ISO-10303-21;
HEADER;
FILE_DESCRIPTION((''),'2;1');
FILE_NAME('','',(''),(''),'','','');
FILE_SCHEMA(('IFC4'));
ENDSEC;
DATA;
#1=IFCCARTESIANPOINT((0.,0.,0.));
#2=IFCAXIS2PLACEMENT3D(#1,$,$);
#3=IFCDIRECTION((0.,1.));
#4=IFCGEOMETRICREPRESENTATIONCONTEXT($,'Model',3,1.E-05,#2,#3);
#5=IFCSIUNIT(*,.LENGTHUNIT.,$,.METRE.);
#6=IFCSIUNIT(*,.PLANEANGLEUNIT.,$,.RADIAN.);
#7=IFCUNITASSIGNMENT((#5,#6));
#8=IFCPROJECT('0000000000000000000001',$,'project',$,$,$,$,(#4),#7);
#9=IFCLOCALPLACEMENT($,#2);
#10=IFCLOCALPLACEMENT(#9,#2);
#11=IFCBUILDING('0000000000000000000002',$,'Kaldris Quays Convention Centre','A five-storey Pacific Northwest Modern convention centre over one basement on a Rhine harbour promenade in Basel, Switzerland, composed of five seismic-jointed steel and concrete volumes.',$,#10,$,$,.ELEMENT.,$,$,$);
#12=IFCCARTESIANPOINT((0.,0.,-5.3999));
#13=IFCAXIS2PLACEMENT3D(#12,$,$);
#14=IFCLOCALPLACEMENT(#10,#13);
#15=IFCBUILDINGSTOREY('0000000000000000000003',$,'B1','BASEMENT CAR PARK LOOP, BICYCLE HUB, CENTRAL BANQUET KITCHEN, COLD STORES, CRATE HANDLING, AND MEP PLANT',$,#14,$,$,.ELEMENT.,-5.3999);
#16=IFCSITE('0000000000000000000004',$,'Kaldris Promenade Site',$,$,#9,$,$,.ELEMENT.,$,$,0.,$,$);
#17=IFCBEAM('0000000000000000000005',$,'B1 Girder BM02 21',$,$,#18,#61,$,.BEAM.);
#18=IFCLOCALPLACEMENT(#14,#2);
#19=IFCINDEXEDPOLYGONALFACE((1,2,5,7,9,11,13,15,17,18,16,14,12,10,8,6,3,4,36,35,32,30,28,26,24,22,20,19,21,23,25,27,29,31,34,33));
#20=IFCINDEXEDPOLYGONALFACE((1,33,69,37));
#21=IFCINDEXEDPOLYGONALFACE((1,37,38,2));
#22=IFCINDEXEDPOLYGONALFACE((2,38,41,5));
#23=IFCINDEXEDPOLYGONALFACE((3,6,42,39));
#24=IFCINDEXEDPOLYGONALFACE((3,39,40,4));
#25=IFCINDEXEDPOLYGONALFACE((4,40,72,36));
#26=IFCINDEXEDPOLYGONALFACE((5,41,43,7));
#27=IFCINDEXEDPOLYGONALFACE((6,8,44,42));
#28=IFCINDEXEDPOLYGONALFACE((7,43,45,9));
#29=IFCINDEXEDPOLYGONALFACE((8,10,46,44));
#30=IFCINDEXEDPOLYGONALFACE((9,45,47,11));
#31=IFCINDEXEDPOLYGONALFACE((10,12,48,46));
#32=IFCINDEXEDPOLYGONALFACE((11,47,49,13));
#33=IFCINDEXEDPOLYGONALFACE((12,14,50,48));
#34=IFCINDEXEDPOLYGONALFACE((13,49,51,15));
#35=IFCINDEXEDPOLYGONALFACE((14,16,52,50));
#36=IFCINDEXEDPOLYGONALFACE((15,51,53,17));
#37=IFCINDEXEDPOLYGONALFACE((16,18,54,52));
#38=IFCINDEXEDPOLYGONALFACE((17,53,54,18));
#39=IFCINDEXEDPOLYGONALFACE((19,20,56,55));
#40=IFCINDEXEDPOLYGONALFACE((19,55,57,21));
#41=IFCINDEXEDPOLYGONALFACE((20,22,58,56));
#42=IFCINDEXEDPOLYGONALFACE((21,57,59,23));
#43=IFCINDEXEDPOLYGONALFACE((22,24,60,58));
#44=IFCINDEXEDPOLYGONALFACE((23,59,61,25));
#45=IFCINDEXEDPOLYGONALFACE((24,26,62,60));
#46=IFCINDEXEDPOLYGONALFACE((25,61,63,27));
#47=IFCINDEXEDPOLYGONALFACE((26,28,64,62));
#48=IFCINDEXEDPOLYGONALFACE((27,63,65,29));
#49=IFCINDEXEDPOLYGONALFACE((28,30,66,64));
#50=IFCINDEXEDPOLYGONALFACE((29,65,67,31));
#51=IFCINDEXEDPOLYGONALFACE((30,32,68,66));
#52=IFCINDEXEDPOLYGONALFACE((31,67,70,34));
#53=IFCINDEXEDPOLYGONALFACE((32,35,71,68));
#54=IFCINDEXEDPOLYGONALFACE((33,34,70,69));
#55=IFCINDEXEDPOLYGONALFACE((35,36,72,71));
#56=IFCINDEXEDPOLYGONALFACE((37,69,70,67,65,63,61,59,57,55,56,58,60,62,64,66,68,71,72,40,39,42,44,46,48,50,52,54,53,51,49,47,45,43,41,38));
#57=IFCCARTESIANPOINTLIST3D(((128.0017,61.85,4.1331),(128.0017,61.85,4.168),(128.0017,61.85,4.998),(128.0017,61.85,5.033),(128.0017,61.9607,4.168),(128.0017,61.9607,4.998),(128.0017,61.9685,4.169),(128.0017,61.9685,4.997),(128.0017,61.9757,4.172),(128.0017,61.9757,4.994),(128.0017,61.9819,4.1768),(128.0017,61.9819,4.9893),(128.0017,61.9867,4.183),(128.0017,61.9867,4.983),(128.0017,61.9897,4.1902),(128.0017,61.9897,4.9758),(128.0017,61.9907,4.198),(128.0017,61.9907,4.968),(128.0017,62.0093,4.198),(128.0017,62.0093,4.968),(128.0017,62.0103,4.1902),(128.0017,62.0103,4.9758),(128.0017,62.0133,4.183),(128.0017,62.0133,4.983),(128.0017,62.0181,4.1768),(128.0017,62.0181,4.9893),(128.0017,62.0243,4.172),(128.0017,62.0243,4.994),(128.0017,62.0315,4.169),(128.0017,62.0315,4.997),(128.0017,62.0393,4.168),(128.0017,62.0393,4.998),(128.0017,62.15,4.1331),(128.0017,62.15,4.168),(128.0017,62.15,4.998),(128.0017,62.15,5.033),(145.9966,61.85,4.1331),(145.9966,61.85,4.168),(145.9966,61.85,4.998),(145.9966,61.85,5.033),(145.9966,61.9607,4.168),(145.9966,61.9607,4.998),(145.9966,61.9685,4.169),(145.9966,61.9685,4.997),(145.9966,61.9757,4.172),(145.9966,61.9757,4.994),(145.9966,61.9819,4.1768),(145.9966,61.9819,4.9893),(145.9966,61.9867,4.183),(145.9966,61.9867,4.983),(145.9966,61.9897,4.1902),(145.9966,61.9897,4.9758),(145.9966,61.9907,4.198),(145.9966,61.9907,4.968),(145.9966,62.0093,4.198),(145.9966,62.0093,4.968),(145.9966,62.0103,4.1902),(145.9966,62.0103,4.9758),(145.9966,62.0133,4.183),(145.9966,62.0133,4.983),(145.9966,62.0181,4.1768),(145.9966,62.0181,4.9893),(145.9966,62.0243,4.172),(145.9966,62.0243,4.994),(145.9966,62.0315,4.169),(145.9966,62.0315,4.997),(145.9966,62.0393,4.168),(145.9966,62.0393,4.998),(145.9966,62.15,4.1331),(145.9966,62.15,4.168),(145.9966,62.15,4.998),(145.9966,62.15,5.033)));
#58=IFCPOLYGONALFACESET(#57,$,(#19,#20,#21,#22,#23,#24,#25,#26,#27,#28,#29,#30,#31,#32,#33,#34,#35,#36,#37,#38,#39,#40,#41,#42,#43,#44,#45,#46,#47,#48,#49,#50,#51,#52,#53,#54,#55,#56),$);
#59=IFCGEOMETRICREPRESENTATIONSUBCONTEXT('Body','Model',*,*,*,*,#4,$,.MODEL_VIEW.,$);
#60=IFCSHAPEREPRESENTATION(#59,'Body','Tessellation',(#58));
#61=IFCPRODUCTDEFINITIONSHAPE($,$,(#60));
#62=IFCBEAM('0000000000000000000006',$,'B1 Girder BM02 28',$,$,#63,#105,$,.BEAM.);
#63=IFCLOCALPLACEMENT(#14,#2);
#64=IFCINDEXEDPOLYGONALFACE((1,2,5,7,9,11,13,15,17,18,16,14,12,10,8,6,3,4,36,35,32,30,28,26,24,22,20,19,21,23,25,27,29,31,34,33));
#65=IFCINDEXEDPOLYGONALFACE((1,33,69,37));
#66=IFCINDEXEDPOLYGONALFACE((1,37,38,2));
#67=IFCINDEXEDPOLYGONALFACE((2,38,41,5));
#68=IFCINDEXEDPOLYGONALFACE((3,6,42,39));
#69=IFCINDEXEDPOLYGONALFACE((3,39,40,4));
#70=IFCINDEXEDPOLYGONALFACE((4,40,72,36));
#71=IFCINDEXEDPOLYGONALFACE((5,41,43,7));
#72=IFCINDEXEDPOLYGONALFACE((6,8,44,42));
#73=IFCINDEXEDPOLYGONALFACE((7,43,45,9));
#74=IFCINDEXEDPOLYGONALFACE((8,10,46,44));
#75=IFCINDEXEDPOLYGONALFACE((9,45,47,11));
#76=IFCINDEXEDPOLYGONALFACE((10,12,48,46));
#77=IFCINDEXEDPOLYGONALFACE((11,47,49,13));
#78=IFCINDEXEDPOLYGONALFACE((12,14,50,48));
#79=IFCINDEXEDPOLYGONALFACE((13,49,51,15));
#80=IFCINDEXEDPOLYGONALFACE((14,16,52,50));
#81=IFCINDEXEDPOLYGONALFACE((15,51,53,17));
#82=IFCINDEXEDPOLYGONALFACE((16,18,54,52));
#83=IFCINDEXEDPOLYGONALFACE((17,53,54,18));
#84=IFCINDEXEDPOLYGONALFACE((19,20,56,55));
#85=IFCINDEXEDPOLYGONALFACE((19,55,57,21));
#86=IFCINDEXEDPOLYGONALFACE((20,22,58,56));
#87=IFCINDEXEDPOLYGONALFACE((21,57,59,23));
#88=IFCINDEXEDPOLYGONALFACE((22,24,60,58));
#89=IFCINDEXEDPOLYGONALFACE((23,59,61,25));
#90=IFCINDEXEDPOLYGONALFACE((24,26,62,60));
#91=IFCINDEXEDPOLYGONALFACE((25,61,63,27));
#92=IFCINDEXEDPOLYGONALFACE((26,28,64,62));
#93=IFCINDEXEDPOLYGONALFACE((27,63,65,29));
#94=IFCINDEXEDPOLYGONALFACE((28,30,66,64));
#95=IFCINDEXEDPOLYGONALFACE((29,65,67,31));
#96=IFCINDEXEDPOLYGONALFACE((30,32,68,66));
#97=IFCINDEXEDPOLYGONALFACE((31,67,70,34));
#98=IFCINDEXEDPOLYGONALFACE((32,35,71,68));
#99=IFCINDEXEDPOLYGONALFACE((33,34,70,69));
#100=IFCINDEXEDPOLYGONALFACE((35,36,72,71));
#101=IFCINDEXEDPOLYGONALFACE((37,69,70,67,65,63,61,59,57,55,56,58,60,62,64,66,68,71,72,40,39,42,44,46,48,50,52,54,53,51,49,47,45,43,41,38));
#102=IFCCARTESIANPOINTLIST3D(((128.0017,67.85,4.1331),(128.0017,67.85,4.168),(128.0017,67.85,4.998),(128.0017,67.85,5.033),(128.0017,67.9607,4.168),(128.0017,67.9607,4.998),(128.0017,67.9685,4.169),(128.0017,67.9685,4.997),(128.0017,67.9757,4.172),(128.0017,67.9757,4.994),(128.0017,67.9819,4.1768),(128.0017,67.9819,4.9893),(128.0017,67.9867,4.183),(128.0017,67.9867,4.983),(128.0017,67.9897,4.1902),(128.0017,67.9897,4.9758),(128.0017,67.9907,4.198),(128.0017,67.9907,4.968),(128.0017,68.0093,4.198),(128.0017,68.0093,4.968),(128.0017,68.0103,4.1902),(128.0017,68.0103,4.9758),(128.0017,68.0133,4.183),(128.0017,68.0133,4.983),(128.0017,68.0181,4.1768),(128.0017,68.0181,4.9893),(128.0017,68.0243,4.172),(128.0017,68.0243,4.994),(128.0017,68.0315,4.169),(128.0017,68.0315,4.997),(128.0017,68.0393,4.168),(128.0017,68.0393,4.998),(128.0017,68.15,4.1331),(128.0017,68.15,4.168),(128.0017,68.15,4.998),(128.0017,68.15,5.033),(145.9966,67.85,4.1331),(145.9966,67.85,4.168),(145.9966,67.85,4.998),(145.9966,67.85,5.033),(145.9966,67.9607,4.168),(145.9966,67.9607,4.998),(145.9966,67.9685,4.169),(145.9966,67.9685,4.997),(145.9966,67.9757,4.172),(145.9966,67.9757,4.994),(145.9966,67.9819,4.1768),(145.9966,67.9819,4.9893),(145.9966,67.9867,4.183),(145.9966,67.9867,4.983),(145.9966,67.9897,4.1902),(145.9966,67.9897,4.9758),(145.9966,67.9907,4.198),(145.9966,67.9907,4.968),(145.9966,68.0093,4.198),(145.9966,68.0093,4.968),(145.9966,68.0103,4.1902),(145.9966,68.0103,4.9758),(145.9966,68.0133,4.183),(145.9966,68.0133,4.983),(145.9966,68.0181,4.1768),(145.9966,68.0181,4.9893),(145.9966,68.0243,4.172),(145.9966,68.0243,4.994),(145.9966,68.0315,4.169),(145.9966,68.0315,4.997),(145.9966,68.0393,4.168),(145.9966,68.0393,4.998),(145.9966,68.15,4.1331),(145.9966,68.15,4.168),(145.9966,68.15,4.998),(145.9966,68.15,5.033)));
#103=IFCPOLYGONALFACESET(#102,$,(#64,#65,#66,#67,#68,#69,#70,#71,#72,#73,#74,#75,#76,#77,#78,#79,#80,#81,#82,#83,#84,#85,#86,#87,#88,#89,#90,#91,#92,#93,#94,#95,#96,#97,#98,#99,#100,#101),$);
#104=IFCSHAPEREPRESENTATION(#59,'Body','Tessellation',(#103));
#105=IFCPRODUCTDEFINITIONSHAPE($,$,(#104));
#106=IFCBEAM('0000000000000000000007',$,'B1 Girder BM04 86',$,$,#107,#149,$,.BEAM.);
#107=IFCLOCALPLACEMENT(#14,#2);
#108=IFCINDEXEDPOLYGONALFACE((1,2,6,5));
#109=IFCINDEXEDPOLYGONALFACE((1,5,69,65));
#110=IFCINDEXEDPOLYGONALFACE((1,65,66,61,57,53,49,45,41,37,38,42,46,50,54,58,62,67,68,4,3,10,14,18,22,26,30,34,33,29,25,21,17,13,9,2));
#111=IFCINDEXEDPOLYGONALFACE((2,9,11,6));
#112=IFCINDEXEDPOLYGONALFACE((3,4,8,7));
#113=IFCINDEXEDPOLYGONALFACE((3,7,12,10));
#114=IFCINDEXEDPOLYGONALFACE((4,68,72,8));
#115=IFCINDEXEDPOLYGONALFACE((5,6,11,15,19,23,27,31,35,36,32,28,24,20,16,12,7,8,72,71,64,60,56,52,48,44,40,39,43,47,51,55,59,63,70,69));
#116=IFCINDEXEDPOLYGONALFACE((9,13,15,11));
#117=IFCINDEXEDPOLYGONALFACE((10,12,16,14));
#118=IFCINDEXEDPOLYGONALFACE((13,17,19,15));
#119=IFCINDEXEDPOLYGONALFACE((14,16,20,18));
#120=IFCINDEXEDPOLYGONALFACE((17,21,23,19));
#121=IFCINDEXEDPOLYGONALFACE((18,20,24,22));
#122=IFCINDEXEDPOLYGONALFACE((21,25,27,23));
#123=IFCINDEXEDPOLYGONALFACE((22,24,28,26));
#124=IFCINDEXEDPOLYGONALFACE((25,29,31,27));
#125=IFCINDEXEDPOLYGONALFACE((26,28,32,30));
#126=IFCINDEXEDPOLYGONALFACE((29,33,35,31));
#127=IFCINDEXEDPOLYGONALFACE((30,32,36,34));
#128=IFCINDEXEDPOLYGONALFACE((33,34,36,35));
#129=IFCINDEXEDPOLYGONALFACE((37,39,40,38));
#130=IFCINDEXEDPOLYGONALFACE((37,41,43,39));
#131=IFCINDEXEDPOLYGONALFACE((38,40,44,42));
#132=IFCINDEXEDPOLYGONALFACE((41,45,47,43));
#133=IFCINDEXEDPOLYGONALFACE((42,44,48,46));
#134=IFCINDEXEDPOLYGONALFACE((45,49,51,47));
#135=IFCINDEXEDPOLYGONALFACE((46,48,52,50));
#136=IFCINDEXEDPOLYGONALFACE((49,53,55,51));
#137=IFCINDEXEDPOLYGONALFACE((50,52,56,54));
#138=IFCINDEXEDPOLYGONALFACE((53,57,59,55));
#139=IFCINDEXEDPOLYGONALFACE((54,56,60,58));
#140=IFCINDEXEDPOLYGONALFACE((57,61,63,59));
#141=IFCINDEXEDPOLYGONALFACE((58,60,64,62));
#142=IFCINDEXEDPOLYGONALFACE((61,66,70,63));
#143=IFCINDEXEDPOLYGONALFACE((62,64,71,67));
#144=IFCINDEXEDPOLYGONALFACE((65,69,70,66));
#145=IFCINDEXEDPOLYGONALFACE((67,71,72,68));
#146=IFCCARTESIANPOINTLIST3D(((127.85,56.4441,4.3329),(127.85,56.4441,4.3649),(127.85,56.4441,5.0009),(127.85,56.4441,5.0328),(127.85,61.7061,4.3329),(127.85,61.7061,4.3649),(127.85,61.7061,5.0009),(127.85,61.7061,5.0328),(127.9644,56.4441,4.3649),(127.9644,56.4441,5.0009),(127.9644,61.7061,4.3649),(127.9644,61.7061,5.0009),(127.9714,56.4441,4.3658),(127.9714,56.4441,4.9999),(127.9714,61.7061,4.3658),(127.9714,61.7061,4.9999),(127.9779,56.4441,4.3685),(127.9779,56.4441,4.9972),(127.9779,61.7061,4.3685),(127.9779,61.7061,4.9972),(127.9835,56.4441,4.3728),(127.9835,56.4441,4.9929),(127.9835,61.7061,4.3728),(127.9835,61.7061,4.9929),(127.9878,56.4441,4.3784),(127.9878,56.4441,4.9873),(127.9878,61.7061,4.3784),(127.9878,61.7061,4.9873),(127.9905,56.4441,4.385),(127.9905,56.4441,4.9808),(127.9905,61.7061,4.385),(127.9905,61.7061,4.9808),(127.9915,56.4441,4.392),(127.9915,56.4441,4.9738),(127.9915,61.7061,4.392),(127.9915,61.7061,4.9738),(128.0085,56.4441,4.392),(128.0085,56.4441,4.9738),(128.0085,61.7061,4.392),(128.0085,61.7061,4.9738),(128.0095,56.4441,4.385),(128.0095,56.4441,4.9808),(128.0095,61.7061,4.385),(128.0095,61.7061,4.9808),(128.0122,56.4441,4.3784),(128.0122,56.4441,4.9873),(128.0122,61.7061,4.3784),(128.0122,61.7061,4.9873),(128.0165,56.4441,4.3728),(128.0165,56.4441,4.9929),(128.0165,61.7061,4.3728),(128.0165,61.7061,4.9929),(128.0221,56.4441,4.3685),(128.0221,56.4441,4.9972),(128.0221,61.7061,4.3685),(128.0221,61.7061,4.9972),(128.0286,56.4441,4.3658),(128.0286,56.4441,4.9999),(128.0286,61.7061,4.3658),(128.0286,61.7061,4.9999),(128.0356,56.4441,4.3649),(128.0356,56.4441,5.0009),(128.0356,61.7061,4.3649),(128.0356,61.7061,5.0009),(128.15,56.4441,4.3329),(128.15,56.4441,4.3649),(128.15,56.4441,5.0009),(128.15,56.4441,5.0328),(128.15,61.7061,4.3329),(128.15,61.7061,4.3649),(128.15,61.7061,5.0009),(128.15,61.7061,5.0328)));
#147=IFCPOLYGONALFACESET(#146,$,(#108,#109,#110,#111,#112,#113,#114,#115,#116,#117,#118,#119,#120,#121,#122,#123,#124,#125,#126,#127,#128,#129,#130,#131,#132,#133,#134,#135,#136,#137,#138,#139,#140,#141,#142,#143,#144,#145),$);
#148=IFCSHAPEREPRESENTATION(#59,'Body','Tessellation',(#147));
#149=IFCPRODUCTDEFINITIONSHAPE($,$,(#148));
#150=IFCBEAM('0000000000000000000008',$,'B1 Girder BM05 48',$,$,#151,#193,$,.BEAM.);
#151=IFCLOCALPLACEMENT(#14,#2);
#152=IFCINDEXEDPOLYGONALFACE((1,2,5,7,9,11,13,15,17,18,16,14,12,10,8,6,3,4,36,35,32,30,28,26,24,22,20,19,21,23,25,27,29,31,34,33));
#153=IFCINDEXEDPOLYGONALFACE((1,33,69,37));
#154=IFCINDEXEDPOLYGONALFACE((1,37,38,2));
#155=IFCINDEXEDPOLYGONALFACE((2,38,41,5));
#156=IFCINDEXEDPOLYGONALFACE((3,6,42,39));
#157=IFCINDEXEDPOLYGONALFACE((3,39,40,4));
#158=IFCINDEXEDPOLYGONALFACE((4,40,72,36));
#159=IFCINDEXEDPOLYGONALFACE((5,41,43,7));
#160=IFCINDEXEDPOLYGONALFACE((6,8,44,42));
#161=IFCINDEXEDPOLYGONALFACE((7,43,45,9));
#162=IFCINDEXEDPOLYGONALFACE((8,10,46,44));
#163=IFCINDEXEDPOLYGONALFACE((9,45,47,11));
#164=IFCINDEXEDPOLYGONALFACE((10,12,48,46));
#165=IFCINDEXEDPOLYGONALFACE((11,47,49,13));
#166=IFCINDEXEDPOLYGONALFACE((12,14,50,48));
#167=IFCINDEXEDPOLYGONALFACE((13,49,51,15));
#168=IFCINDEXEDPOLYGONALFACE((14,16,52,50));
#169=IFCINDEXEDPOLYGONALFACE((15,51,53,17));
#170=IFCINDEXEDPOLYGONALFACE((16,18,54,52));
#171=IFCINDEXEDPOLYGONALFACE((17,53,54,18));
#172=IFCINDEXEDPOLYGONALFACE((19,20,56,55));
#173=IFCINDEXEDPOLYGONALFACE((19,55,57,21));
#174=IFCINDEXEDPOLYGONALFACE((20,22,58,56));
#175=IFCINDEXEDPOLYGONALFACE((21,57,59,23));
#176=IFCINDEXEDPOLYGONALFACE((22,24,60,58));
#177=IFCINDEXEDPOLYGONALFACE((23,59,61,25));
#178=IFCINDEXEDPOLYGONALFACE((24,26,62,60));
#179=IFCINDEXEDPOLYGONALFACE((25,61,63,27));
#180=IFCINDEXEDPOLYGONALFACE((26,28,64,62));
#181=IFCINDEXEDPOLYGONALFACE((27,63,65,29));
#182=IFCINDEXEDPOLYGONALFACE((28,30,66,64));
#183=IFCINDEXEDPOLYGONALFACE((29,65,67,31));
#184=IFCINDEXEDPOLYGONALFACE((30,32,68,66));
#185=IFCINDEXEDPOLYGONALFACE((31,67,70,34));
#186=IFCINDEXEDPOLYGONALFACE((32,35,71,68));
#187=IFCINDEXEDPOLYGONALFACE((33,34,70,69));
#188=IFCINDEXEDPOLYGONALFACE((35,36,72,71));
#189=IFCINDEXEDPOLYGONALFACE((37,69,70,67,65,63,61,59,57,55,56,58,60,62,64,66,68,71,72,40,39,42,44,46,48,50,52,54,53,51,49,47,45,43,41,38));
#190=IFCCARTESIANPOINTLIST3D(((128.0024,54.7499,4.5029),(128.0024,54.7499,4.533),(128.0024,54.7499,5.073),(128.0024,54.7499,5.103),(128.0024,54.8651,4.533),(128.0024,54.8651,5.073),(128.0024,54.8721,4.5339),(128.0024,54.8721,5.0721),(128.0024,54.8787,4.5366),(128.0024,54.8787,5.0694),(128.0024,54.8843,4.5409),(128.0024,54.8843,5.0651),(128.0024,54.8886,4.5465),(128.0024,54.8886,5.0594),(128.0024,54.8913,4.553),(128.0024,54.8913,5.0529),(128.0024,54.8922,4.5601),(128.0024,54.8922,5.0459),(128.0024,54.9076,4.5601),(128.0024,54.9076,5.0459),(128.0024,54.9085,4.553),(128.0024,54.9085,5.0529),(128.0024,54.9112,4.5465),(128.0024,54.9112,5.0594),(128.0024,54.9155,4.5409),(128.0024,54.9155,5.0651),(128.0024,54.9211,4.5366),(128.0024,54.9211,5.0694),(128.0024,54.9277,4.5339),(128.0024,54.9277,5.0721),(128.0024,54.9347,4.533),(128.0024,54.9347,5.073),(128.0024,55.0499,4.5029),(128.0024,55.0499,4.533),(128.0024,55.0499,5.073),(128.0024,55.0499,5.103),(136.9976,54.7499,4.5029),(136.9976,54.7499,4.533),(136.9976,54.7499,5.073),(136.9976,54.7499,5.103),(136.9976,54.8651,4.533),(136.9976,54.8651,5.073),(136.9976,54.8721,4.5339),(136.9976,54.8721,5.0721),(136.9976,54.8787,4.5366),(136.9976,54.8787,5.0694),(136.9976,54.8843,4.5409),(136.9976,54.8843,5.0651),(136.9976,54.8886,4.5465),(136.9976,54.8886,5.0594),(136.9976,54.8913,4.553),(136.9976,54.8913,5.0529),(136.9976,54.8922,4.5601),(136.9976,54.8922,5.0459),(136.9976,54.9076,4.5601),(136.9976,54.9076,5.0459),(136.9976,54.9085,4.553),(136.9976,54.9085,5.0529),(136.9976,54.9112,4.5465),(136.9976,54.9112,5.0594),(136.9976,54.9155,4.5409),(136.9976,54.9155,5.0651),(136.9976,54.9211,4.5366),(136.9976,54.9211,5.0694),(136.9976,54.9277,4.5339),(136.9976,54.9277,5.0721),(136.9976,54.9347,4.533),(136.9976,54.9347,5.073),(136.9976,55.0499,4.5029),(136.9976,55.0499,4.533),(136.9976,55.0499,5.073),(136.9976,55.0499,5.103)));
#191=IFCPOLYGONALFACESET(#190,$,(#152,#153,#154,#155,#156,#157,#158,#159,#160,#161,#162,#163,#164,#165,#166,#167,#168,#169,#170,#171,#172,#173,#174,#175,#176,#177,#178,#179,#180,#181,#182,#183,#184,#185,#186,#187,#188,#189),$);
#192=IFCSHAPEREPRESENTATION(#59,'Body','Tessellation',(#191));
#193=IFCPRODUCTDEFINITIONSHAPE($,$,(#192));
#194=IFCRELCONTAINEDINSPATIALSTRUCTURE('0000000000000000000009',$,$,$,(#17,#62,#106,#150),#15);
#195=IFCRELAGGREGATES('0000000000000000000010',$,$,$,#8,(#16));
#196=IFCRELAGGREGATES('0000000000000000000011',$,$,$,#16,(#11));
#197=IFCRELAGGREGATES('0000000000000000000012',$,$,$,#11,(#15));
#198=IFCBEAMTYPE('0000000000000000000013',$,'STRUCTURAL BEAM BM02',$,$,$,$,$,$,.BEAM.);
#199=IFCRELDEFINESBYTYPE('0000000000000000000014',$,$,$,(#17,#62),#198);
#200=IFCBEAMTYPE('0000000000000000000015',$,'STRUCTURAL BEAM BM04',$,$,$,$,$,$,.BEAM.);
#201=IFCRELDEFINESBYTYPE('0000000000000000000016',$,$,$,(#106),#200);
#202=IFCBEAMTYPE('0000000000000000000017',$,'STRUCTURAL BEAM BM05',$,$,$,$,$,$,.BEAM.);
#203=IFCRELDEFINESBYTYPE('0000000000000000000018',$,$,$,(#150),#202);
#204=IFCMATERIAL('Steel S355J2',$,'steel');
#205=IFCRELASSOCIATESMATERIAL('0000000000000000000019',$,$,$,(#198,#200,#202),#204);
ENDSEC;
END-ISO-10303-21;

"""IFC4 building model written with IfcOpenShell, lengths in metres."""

from ifc_helpers import new_model, si_unit, direction, frame, origin, origin_2d, place, context, subcontext, project, spatial, i_section, extrude, material, material_profile, profile_set, type_object, element, save


model = new_model("IFC4")

# Units and contexts
model_context = context("Model", 3, precision=1e-05, world=origin(), true_north=direction((0.0, 1.0)))
body_context = subcontext(model_context, "Body", "Model", "MODEL_VIEW")
ifc_project = project(units=[si_unit("LENGTHUNIT", "METRE"), si_unit("PLANEANGLEUNIT", "RADIAN")], contexts=[model_context])

# Site, building, storey
site_placement = place(None, origin())
site = spatial("IfcSite", under=ifc_project, at=site_placement, Name="Kaldris Promenade Site", CompositionType="ELEMENT", RefElevation=0.0)
building_placement = place(site_placement, origin())
building = spatial("IfcBuilding", under=site, at=building_placement, Name="Kaldris Quays Convention Centre", Description="A five-storey Pacific Northwest Modern convention centre over one basement on a Rhine harbour promenade in Basel, Switzerland, composed of five seismic-jointed steel and concrete volumes.", CompositionType="ELEMENT")
storey_placement = place(building_placement, frame((0.0, 0.0, -5.3999)))
storey = spatial("IfcBuildingStorey", under=building, at=storey_placement, Name="B1", Description="BASEMENT CAR PARK LOOP, BICYCLE HUB, CENTRAL BANQUET KITCHEN, COLD STORES, CRATE HANDLING, AND MEP PLANT", CompositionType="ELEMENT", Elevation=-5.3999)

# Shared definitions
ifc_material_1 = material(Name="Steel S355J2", Category="steel")

# Beams
ifc_material_profile_1 = material_profile(ifc_material_1, i_section(OverallWidth=0.3, OverallDepth=0.8999, WebThickness=0.0186, FlangeThickness=0.0349, FilletRadius=0.03, at=origin_2d()), Name="HEB 900")
ifc_profile_set_1 = profile_set([ifc_material_profile_1], Name="Steel S355J2")
beam_type_1 = type_object("IfcBeamType", Name="STRUCTURAL BEAM BM02", PredefinedType="BEAM", material=ifc_profile_set_1)
for number, where, z_axis, x_axis, name in (
    (1, (128.0017, 62.0, 4.583), (1.0, 0.0, 0.0), (0.0, 1.0, 0.0), "B1 Girder BM02 21"),
    (2, (128.0017, 68.0, 4.583), (1.0, 0.0, 0.0), (0.0, 1.0, 0.0), "B1 Girder BM02 28"),
):
    element("IfcBeam", number, at=place(storey_placement, frame(where, z_axis=z_axis, x_axis=x_axis)), inside=storey, type_object=beam_type_1, Name=name, PredefinedType="BEAM", context=body_context, shape_type="SweptSolid", body=[
        extrude(i_section(OverallWidth=0.3, OverallDepth=0.8999, WebThickness=0.0186, FlangeThickness=0.0349, FilletRadius=0.03, at=origin_2d()), origin(), (0.0, 0.0, 1.0), 17.9949),
    ])
ifc_material_profile_2 = material_profile(ifc_material_1, i_section(OverallWidth=0.3, OverallDepth=0.7, WebThickness=0.0171, FlangeThickness=0.032, FilletRadius=0.0271, at=origin_2d()), Name="HEB 700")
ifc_profile_set_2 = profile_set([ifc_material_profile_2], Name="Steel S355J2")
beam_type_2 = type_object("IfcBeamType", Name="STRUCTURAL BEAM BM04", PredefinedType="BEAM", material=ifc_profile_set_2)
beam_1_placement = place(storey_placement, frame((128.0, 56.4441, 4.6829), z_axis=(0.0, 1.0, 0.0), x_axis=(-1.0, 0.0, 0.0)))
element("IfcBeam", 3, at=beam_1_placement, inside=storey, type_object=beam_type_2, Name="B1 Girder BM04 86", PredefinedType="BEAM", context=body_context, shape_type="SweptSolid", body=[
    extrude(i_section(OverallWidth=0.3, OverallDepth=0.7, WebThickness=0.0171, FlangeThickness=0.032, FilletRadius=0.0271, at=origin_2d()), origin(), (0.0, 0.0, 1.0), 5.262),
])
ifc_material_profile_3 = material_profile(ifc_material_1, i_section(OverallWidth=0.3, OverallDepth=0.6001, WebThickness=0.0154, FlangeThickness=0.03, FilletRadius=0.0271, at=origin_2d()), Name="HEB 600")
ifc_profile_set_3 = profile_set([ifc_material_profile_3], Name="Steel S355J2")
beam_type_3 = type_object("IfcBeamType", Name="STRUCTURAL BEAM BM05", PredefinedType="BEAM", material=ifc_profile_set_3)
beam_2_placement = place(storey_placement, frame((128.0024, 54.8999, 4.803), z_axis=(1.0, 0.0, 0.0), x_axis=(0.0, 1.0, 0.0)))
element("IfcBeam", 4, at=beam_2_placement, inside=storey, type_object=beam_type_3, Name="B1 Girder BM05 48", PredefinedType="BEAM", context=body_context, shape_type="SweptSolid", body=[
    extrude(i_section(OverallWidth=0.3, OverallDepth=0.6001, WebThickness=0.0154, FlangeThickness=0.03, FilletRadius=0.0271, at=origin_2d()), origin(), (0.0, 0.0, 1.0), 8.9951),
])

save(model, "model.ifc")
